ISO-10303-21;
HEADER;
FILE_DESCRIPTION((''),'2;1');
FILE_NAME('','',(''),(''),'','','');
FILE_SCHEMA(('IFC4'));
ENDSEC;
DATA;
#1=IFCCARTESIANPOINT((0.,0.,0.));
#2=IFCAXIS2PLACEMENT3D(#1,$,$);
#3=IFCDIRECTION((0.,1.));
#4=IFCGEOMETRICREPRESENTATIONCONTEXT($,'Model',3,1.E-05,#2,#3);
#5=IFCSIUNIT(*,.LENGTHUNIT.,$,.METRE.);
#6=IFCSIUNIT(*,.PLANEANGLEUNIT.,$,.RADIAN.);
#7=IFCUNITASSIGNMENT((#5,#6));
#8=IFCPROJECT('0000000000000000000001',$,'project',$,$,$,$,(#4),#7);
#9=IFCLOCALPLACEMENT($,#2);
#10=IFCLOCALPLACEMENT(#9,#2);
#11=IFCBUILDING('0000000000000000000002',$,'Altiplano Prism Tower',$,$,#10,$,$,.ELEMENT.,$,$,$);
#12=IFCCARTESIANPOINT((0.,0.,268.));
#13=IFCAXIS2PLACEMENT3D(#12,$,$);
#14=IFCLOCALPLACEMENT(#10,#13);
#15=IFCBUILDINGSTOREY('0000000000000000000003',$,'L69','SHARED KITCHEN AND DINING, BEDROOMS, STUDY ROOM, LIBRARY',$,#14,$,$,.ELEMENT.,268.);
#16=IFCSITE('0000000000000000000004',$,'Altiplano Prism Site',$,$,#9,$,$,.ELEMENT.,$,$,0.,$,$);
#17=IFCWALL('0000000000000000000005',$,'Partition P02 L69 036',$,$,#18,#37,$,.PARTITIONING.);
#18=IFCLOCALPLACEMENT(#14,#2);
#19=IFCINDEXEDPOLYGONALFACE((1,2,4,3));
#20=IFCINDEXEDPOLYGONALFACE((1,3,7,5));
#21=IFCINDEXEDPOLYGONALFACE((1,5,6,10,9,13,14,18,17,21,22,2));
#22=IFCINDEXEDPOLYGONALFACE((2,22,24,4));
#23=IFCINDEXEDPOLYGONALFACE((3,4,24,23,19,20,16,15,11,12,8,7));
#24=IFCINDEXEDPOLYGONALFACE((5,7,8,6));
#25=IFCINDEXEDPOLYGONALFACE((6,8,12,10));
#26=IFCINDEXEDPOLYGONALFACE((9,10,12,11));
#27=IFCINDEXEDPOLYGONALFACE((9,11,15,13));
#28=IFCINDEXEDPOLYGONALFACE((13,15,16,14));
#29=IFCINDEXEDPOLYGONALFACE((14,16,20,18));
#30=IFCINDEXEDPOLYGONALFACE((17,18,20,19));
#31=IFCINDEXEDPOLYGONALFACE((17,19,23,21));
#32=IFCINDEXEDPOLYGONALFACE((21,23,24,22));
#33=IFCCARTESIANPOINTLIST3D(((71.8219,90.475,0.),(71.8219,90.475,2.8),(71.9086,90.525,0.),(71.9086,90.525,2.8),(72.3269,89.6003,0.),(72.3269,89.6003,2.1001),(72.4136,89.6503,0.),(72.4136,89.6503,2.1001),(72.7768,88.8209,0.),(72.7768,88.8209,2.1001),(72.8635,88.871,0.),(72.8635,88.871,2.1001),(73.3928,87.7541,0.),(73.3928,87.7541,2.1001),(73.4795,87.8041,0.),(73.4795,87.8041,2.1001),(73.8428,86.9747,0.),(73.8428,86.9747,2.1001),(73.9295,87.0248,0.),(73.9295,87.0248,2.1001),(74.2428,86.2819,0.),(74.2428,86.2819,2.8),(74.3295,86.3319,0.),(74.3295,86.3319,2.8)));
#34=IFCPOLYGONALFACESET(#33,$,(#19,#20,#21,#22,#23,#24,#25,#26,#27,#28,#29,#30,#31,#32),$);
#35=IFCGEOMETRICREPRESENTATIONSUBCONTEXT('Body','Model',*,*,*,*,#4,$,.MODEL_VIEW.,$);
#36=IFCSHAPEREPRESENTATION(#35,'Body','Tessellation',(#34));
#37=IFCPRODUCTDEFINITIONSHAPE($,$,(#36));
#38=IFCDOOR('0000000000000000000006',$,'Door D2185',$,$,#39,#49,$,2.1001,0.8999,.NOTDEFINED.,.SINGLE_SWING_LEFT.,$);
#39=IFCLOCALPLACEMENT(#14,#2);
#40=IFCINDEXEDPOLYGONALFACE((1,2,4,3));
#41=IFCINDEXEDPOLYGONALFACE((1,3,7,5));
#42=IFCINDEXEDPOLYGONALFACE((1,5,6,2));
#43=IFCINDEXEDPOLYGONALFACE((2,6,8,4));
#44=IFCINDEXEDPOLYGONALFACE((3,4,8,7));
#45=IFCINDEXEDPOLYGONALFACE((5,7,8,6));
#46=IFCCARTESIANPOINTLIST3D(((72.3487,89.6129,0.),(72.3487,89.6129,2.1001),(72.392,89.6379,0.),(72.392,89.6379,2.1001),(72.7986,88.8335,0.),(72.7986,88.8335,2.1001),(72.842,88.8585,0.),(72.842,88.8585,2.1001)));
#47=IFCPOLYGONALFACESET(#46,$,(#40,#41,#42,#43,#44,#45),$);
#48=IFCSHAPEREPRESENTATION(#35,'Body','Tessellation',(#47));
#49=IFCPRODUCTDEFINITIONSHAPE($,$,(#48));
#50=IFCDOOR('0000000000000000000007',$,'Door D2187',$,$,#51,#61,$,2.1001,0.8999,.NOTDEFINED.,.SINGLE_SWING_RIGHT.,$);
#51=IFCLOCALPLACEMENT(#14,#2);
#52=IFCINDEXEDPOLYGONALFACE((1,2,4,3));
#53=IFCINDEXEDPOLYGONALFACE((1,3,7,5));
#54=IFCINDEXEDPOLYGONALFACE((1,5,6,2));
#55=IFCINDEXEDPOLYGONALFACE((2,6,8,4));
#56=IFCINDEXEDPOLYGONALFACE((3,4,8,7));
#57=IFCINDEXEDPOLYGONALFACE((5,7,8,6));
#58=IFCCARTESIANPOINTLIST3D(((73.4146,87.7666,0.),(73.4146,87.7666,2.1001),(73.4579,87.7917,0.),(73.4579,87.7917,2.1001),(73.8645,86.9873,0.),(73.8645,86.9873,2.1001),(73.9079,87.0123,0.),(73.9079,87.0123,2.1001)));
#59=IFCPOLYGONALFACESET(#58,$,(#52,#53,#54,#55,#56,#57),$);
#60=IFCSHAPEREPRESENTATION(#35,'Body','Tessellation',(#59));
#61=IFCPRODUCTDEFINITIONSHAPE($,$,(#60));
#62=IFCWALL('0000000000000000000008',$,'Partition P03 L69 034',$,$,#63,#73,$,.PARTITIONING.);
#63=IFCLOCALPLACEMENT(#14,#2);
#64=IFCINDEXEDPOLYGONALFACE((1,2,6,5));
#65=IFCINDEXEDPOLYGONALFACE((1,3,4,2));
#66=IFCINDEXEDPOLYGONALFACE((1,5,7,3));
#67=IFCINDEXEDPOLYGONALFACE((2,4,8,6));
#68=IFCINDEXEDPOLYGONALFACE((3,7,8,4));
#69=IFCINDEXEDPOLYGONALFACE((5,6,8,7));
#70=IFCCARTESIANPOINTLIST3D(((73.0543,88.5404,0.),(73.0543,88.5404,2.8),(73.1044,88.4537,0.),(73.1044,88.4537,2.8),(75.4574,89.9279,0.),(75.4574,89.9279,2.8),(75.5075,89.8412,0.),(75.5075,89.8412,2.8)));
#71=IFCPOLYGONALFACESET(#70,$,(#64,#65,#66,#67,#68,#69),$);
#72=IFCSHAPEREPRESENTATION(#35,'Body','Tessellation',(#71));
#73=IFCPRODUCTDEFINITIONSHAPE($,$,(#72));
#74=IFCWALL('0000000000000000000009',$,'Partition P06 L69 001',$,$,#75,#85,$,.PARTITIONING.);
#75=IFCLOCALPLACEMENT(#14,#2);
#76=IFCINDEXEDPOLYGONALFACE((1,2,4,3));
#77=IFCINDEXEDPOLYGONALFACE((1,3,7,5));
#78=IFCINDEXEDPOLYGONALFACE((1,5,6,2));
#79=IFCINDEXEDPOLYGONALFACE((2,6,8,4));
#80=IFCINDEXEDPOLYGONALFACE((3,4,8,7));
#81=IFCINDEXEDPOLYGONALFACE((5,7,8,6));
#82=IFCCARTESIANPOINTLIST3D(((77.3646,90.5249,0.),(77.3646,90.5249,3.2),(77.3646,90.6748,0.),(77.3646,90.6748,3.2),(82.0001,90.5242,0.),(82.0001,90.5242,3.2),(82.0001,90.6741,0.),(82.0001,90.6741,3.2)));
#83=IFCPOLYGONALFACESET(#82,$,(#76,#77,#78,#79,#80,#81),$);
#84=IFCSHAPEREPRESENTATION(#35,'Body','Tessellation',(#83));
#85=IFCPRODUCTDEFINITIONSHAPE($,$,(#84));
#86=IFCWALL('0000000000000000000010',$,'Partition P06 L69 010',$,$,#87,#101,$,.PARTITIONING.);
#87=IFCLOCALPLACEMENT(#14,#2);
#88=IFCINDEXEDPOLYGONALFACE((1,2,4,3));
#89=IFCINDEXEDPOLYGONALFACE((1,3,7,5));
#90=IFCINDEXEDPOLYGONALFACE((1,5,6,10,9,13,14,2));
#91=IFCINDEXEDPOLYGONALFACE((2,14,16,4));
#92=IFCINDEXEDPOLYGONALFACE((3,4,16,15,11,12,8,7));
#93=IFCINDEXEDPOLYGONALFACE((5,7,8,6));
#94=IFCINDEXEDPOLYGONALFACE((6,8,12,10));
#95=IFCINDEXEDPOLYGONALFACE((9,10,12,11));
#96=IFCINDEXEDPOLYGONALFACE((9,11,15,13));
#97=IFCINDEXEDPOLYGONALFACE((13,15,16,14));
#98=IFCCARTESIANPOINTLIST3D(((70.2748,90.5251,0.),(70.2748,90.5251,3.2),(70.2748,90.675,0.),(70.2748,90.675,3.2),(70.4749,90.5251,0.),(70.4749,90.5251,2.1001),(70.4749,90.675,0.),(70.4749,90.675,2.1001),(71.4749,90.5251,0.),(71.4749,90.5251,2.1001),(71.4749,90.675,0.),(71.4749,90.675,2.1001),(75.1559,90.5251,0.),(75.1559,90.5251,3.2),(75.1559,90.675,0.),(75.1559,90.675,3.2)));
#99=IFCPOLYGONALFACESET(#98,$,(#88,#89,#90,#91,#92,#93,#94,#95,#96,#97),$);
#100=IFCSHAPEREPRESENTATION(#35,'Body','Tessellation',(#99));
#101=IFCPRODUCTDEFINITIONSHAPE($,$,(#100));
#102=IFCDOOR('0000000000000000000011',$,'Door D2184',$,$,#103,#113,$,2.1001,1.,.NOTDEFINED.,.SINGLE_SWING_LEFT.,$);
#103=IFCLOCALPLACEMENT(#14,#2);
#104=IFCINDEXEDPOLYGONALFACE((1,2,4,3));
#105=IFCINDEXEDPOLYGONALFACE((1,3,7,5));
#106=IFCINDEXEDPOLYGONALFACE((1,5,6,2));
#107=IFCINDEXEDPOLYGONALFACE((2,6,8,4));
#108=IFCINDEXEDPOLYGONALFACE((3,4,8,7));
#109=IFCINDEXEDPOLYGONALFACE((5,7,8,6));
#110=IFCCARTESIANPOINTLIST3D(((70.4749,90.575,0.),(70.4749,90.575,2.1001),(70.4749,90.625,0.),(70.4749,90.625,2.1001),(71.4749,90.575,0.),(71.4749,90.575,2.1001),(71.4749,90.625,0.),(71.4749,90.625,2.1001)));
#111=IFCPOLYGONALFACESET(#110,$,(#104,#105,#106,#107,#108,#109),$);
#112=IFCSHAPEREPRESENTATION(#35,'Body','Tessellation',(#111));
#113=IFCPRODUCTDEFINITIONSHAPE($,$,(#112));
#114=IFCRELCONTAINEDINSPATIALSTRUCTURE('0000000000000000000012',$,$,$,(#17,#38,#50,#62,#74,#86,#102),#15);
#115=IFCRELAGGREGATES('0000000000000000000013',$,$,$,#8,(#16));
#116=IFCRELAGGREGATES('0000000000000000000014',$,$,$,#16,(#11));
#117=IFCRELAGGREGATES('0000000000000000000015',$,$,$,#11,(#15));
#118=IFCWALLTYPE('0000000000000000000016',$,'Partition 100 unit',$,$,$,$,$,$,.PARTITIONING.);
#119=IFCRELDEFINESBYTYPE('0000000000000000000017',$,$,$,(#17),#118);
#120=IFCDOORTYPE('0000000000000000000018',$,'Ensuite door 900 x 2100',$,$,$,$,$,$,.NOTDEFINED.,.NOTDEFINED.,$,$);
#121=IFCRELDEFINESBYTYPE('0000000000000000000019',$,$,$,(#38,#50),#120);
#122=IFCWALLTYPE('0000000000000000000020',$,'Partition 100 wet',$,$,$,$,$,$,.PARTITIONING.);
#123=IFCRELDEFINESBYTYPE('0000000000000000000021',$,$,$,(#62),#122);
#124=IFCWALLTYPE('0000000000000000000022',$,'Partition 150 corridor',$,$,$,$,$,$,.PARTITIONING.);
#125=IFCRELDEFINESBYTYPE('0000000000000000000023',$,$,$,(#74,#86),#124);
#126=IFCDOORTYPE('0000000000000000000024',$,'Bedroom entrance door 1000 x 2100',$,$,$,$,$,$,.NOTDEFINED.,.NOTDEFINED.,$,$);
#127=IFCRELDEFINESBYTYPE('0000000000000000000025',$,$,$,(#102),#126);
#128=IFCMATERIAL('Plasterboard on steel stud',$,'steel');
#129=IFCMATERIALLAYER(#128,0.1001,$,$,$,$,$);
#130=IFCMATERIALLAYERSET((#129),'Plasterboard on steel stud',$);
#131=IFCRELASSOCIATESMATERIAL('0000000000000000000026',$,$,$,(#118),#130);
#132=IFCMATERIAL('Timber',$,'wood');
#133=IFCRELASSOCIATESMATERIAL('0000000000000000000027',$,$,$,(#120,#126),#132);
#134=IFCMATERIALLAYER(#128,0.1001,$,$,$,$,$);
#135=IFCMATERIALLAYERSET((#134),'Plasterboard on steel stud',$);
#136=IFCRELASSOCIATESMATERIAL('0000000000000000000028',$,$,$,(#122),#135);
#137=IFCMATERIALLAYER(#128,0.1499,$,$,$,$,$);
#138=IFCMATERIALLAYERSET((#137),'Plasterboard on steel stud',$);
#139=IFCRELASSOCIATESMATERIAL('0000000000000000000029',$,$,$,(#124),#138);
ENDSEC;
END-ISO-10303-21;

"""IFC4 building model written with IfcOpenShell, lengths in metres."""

from ifc_helpers import new_model, si_unit, direction, frame, frame_2d, origin, place, context, subcontext, project, spatial, rectangle, extrude, material, layer, layer_set, type_object, element, fill, save


model = new_model("IFC4")

# Units and contexts
model_context = context("Model", 3, precision=1e-05, world=origin(), true_north=direction((0.0, 1.0)))
body_context = subcontext(model_context, "Body", "Model", "MODEL_VIEW")
ifc_project = project(units=[si_unit("LENGTHUNIT", "METRE"), si_unit("PLANEANGLEUNIT", "RADIAN")], contexts=[model_context])

# Site, building, storey
site_placement = place(None, origin())
site = spatial("IfcSite", under=ifc_project, at=site_placement, Name="Altiplano Prism Site", CompositionType="ELEMENT", RefElevation=0.0)
building_placement = place(site_placement, origin())
building = spatial("IfcBuilding", under=site, at=building_placement, Name="Altiplano Prism Tower", CompositionType="ELEMENT")
storey_placement = place(building_placement, frame((0.0, 0.0, 268.0)))
storey = spatial("IfcBuildingStorey", under=building, at=storey_placement, Name="L69", Description="SHARED KITCHEN AND DINING, BEDROOMS, STUDY ROOM, LIBRARY", CompositionType="ELEMENT", Elevation=268.0)

# Shared definitions
ifc_material_1 = material(Name="Plasterboard on steel stud", Category="steel")
ifc_layer_1 = layer(ifc_material_1, 0.1001)
ifc_layer_set_1 = layer_set([ifc_layer_1], Name="Plasterboard on steel stud")
wall_type_1 = type_object("IfcWallType", Name="Partition 100 unit", PredefinedType="PARTITIONING", material=ifc_layer_set_1)

# Wall, openings, doors
wall_1_placement = place(storey_placement, frame((74.2861, 86.3069, 0.0), z_axis=(0.0, 0.0, 1.0), x_axis=(-0.5, 0.866025, 0.0)))
wall_1 = element("IfcWall", 1, at=wall_1_placement, inside=storey, type_object=wall_type_1, Name="Partition P02 L69 036", PredefinedType="PARTITIONING", context=body_context, shape_type="SweptSolid", body=[
    extrude(rectangle(XDim=4.8418, YDim=0.1001, at=frame_2d((2.4209, 0.0))), origin(), (0.0, 0.0, 1.0), 2.8),
])
opening_1_placement = place(wall_1_placement, frame((2.9319, 0.0, 0.0)))
opening_1 = element("IfcOpeningElement", 2, at=opening_1_placement, cuts=wall_1, PredefinedType="OPENING", context=body_context, shape_type="SweptSolid", body=[
    extrude(rectangle(XDim=0.8999, YDim=2.1001, at=frame_2d((0.45, 1.05))), frame((0.0, 0.0605, 0.0), z_axis=(0.0, -1.0, 0.0), x_axis=(1.0, 0.0, 0.0)), (0.0, 0.0, 1.0), 0.1211),
])
opening_2_placement = place(wall_1_placement, frame((0.8, 0.0, 0.0)))
opening_2 = element("IfcOpeningElement", 3, at=opening_2_placement, cuts=wall_1, PredefinedType="OPENING", context=body_context, shape_type="SweptSolid", body=[
    extrude(rectangle(XDim=0.8999, YDim=2.1001, at=frame_2d((0.45, 1.05))), frame((0.0, 0.0605, 0.0), z_axis=(0.0, -1.0, 0.0), x_axis=(1.0, 0.0, 0.0)), (0.0, 0.0, 1.0), 0.1211),
])
ifc_material_2 = material(Name="Timber", Category="wood")
door_type_1 = type_object("IfcDoorType", Name="Ensuite door 900 x 2100", OperationType="NOTDEFINED", PredefinedType="NOTDEFINED", material=ifc_material_2)
door_1_placement = place(opening_1_placement, origin())
door_1 = element("IfcDoor", 4, at=door_1_placement, inside=storey, type_object=door_type_1, Name="Door D2185", OperationType="SINGLE_SWING_LEFT", OverallHeight=2.1001, OverallWidth=0.8999, PredefinedType="NOTDEFINED", context=body_context, shape_type="SweptSolid", body=[
    extrude(rectangle(XDim=0.8999, YDim=2.1001, at=frame_2d((0.45, 1.05))), frame((0.0, 0.0249, 0.0), z_axis=(0.0, -1.0, 0.0), x_axis=(1.0, 0.0, 0.0)), (0.0, 0.0, 1.0), 0.05),
])
fill(opening_1, door_1)
door_2_placement = place(opening_2_placement, origin())
door_2 = element("IfcDoor", 5, at=door_2_placement, inside=storey, type_object=door_type_1, Name="Door D2187", OperationType="SINGLE_SWING_RIGHT", OverallHeight=2.1001, OverallWidth=0.8999, PredefinedType="NOTDEFINED", context=body_context, shape_type="SweptSolid", body=[
    extrude(rectangle(XDim=0.8999, YDim=2.1001, at=frame_2d((0.45, 1.05))), frame((0.0, 0.0249, 0.0), z_axis=(0.0, -1.0, 0.0), x_axis=(1.0, 0.0, 0.0)), (0.0, 0.0, 1.0), 0.05),
])
fill(opening_2, door_2)

# Walls
ifc_layer_2 = layer(ifc_material_1, 0.1001)
ifc_layer_set_2 = layer_set([ifc_layer_2], Name="Plasterboard on steel stud")
wall_type_2 = type_object("IfcWallType", Name="Partition 100 wet", PredefinedType="PARTITIONING", material=ifc_layer_set_2)
wall_2_placement = place(storey_placement, frame((73.0793, 88.4971, 0.0), z_axis=(0.0, 0.0, 1.0), x_axis=(0.86602, 0.500009, 0.0)))
element("IfcWall", 6, at=wall_2_placement, inside=storey, type_object=wall_type_2, Name="Partition P03 L69 034", PredefinedType="PARTITIONING", context=body_context, shape_type="SweptSolid", body=[
    extrude(rectangle(XDim=2.7749, YDim=0.1001, at=frame_2d((1.3875, 0.0))), origin(), (0.0, 0.0, 1.0), 2.8),
])
ifc_layer_3 = layer(ifc_material_1, 0.1499)
ifc_layer_set_3 = layer_set([ifc_layer_3], Name="Plasterboard on steel stud")
wall_type_3 = type_object("IfcWallType", Name="Partition 150 corridor", PredefinedType="PARTITIONING", material=ifc_layer_set_3)
wall_3_placement = place(storey_placement, frame((77.3645, 90.5999, 0.0), z_axis=(0.0, 0.0, 1.0), x_axis=(1.0, -0.000158, 0.0)))
element("IfcWall", 7, at=wall_3_placement, inside=storey, type_object=wall_type_3, Name="Partition P06 L69 001", PredefinedType="PARTITIONING", context=body_context, shape_type="SweptSolid", body=[
    extrude(rectangle(XDim=4.6355, YDim=0.1499, at=frame_2d((2.3179, 0.0))), origin(), (0.0, 0.0, 1.0), 3.2),
])

# Wall, opening, door
wall_4_placement = place(storey_placement, frame((70.2749, 90.6001, 0.0), z_axis=(0.0, 0.0, 1.0), x_axis=(1.0, 0.0, 0.0)))
wall_4 = element("IfcWall", 8, at=wall_4_placement, inside=storey, type_object=wall_type_3, Name="Partition P06 L69 010", PredefinedType="PARTITIONING", context=body_context, shape_type="SweptSolid", body=[
    extrude(rectangle(XDim=4.8811, YDim=0.1499, at=frame_2d((2.4404, 0.0))), origin(), (0.0, 0.0, 1.0), 3.2),
])
opening_3_placement = place(wall_4_placement, frame((0.2, 0.0, 0.0)))
opening_3 = element("IfcOpeningElement", 9, at=opening_3_placement, cuts=wall_4, PredefinedType="OPENING", context=body_context, shape_type="SweptSolid", body=[
    extrude(rectangle(XDim=1.0, YDim=2.1001, at=frame_2d((0.5, 1.05))), frame((0.0, 0.0854, 0.0), z_axis=(0.0, -1.0, 0.0), x_axis=(1.0, 0.0, 0.0)), (0.0, 0.0, 1.0), 0.1709),
])
door_type_2 = type_object("IfcDoorType", Name="Bedroom entrance door 1000 x 2100", OperationType="NOTDEFINED", PredefinedType="NOTDEFINED", material=ifc_material_2)
door_3_placement = place(opening_3_placement, origin())
door_3 = element("IfcDoor", 10, at=door_3_placement, inside=storey, type_object=door_type_2, Name="Door D2184", OperationType="SINGLE_SWING_LEFT", OverallHeight=2.1001, OverallWidth=1.0, PredefinedType="NOTDEFINED", context=body_context, shape_type="SweptSolid", body=[
    extrude(rectangle(XDim=1.0, YDim=2.1001, at=frame_2d((0.5, 1.05))), frame((0.0, 0.0249, 0.0), z_axis=(0.0, -1.0, 0.0), x_axis=(1.0, 0.0, 0.0)), (0.0, 0.0, 1.0), 0.05),
])
fill(opening_3, door_3)

save(model, "model.ifc")
